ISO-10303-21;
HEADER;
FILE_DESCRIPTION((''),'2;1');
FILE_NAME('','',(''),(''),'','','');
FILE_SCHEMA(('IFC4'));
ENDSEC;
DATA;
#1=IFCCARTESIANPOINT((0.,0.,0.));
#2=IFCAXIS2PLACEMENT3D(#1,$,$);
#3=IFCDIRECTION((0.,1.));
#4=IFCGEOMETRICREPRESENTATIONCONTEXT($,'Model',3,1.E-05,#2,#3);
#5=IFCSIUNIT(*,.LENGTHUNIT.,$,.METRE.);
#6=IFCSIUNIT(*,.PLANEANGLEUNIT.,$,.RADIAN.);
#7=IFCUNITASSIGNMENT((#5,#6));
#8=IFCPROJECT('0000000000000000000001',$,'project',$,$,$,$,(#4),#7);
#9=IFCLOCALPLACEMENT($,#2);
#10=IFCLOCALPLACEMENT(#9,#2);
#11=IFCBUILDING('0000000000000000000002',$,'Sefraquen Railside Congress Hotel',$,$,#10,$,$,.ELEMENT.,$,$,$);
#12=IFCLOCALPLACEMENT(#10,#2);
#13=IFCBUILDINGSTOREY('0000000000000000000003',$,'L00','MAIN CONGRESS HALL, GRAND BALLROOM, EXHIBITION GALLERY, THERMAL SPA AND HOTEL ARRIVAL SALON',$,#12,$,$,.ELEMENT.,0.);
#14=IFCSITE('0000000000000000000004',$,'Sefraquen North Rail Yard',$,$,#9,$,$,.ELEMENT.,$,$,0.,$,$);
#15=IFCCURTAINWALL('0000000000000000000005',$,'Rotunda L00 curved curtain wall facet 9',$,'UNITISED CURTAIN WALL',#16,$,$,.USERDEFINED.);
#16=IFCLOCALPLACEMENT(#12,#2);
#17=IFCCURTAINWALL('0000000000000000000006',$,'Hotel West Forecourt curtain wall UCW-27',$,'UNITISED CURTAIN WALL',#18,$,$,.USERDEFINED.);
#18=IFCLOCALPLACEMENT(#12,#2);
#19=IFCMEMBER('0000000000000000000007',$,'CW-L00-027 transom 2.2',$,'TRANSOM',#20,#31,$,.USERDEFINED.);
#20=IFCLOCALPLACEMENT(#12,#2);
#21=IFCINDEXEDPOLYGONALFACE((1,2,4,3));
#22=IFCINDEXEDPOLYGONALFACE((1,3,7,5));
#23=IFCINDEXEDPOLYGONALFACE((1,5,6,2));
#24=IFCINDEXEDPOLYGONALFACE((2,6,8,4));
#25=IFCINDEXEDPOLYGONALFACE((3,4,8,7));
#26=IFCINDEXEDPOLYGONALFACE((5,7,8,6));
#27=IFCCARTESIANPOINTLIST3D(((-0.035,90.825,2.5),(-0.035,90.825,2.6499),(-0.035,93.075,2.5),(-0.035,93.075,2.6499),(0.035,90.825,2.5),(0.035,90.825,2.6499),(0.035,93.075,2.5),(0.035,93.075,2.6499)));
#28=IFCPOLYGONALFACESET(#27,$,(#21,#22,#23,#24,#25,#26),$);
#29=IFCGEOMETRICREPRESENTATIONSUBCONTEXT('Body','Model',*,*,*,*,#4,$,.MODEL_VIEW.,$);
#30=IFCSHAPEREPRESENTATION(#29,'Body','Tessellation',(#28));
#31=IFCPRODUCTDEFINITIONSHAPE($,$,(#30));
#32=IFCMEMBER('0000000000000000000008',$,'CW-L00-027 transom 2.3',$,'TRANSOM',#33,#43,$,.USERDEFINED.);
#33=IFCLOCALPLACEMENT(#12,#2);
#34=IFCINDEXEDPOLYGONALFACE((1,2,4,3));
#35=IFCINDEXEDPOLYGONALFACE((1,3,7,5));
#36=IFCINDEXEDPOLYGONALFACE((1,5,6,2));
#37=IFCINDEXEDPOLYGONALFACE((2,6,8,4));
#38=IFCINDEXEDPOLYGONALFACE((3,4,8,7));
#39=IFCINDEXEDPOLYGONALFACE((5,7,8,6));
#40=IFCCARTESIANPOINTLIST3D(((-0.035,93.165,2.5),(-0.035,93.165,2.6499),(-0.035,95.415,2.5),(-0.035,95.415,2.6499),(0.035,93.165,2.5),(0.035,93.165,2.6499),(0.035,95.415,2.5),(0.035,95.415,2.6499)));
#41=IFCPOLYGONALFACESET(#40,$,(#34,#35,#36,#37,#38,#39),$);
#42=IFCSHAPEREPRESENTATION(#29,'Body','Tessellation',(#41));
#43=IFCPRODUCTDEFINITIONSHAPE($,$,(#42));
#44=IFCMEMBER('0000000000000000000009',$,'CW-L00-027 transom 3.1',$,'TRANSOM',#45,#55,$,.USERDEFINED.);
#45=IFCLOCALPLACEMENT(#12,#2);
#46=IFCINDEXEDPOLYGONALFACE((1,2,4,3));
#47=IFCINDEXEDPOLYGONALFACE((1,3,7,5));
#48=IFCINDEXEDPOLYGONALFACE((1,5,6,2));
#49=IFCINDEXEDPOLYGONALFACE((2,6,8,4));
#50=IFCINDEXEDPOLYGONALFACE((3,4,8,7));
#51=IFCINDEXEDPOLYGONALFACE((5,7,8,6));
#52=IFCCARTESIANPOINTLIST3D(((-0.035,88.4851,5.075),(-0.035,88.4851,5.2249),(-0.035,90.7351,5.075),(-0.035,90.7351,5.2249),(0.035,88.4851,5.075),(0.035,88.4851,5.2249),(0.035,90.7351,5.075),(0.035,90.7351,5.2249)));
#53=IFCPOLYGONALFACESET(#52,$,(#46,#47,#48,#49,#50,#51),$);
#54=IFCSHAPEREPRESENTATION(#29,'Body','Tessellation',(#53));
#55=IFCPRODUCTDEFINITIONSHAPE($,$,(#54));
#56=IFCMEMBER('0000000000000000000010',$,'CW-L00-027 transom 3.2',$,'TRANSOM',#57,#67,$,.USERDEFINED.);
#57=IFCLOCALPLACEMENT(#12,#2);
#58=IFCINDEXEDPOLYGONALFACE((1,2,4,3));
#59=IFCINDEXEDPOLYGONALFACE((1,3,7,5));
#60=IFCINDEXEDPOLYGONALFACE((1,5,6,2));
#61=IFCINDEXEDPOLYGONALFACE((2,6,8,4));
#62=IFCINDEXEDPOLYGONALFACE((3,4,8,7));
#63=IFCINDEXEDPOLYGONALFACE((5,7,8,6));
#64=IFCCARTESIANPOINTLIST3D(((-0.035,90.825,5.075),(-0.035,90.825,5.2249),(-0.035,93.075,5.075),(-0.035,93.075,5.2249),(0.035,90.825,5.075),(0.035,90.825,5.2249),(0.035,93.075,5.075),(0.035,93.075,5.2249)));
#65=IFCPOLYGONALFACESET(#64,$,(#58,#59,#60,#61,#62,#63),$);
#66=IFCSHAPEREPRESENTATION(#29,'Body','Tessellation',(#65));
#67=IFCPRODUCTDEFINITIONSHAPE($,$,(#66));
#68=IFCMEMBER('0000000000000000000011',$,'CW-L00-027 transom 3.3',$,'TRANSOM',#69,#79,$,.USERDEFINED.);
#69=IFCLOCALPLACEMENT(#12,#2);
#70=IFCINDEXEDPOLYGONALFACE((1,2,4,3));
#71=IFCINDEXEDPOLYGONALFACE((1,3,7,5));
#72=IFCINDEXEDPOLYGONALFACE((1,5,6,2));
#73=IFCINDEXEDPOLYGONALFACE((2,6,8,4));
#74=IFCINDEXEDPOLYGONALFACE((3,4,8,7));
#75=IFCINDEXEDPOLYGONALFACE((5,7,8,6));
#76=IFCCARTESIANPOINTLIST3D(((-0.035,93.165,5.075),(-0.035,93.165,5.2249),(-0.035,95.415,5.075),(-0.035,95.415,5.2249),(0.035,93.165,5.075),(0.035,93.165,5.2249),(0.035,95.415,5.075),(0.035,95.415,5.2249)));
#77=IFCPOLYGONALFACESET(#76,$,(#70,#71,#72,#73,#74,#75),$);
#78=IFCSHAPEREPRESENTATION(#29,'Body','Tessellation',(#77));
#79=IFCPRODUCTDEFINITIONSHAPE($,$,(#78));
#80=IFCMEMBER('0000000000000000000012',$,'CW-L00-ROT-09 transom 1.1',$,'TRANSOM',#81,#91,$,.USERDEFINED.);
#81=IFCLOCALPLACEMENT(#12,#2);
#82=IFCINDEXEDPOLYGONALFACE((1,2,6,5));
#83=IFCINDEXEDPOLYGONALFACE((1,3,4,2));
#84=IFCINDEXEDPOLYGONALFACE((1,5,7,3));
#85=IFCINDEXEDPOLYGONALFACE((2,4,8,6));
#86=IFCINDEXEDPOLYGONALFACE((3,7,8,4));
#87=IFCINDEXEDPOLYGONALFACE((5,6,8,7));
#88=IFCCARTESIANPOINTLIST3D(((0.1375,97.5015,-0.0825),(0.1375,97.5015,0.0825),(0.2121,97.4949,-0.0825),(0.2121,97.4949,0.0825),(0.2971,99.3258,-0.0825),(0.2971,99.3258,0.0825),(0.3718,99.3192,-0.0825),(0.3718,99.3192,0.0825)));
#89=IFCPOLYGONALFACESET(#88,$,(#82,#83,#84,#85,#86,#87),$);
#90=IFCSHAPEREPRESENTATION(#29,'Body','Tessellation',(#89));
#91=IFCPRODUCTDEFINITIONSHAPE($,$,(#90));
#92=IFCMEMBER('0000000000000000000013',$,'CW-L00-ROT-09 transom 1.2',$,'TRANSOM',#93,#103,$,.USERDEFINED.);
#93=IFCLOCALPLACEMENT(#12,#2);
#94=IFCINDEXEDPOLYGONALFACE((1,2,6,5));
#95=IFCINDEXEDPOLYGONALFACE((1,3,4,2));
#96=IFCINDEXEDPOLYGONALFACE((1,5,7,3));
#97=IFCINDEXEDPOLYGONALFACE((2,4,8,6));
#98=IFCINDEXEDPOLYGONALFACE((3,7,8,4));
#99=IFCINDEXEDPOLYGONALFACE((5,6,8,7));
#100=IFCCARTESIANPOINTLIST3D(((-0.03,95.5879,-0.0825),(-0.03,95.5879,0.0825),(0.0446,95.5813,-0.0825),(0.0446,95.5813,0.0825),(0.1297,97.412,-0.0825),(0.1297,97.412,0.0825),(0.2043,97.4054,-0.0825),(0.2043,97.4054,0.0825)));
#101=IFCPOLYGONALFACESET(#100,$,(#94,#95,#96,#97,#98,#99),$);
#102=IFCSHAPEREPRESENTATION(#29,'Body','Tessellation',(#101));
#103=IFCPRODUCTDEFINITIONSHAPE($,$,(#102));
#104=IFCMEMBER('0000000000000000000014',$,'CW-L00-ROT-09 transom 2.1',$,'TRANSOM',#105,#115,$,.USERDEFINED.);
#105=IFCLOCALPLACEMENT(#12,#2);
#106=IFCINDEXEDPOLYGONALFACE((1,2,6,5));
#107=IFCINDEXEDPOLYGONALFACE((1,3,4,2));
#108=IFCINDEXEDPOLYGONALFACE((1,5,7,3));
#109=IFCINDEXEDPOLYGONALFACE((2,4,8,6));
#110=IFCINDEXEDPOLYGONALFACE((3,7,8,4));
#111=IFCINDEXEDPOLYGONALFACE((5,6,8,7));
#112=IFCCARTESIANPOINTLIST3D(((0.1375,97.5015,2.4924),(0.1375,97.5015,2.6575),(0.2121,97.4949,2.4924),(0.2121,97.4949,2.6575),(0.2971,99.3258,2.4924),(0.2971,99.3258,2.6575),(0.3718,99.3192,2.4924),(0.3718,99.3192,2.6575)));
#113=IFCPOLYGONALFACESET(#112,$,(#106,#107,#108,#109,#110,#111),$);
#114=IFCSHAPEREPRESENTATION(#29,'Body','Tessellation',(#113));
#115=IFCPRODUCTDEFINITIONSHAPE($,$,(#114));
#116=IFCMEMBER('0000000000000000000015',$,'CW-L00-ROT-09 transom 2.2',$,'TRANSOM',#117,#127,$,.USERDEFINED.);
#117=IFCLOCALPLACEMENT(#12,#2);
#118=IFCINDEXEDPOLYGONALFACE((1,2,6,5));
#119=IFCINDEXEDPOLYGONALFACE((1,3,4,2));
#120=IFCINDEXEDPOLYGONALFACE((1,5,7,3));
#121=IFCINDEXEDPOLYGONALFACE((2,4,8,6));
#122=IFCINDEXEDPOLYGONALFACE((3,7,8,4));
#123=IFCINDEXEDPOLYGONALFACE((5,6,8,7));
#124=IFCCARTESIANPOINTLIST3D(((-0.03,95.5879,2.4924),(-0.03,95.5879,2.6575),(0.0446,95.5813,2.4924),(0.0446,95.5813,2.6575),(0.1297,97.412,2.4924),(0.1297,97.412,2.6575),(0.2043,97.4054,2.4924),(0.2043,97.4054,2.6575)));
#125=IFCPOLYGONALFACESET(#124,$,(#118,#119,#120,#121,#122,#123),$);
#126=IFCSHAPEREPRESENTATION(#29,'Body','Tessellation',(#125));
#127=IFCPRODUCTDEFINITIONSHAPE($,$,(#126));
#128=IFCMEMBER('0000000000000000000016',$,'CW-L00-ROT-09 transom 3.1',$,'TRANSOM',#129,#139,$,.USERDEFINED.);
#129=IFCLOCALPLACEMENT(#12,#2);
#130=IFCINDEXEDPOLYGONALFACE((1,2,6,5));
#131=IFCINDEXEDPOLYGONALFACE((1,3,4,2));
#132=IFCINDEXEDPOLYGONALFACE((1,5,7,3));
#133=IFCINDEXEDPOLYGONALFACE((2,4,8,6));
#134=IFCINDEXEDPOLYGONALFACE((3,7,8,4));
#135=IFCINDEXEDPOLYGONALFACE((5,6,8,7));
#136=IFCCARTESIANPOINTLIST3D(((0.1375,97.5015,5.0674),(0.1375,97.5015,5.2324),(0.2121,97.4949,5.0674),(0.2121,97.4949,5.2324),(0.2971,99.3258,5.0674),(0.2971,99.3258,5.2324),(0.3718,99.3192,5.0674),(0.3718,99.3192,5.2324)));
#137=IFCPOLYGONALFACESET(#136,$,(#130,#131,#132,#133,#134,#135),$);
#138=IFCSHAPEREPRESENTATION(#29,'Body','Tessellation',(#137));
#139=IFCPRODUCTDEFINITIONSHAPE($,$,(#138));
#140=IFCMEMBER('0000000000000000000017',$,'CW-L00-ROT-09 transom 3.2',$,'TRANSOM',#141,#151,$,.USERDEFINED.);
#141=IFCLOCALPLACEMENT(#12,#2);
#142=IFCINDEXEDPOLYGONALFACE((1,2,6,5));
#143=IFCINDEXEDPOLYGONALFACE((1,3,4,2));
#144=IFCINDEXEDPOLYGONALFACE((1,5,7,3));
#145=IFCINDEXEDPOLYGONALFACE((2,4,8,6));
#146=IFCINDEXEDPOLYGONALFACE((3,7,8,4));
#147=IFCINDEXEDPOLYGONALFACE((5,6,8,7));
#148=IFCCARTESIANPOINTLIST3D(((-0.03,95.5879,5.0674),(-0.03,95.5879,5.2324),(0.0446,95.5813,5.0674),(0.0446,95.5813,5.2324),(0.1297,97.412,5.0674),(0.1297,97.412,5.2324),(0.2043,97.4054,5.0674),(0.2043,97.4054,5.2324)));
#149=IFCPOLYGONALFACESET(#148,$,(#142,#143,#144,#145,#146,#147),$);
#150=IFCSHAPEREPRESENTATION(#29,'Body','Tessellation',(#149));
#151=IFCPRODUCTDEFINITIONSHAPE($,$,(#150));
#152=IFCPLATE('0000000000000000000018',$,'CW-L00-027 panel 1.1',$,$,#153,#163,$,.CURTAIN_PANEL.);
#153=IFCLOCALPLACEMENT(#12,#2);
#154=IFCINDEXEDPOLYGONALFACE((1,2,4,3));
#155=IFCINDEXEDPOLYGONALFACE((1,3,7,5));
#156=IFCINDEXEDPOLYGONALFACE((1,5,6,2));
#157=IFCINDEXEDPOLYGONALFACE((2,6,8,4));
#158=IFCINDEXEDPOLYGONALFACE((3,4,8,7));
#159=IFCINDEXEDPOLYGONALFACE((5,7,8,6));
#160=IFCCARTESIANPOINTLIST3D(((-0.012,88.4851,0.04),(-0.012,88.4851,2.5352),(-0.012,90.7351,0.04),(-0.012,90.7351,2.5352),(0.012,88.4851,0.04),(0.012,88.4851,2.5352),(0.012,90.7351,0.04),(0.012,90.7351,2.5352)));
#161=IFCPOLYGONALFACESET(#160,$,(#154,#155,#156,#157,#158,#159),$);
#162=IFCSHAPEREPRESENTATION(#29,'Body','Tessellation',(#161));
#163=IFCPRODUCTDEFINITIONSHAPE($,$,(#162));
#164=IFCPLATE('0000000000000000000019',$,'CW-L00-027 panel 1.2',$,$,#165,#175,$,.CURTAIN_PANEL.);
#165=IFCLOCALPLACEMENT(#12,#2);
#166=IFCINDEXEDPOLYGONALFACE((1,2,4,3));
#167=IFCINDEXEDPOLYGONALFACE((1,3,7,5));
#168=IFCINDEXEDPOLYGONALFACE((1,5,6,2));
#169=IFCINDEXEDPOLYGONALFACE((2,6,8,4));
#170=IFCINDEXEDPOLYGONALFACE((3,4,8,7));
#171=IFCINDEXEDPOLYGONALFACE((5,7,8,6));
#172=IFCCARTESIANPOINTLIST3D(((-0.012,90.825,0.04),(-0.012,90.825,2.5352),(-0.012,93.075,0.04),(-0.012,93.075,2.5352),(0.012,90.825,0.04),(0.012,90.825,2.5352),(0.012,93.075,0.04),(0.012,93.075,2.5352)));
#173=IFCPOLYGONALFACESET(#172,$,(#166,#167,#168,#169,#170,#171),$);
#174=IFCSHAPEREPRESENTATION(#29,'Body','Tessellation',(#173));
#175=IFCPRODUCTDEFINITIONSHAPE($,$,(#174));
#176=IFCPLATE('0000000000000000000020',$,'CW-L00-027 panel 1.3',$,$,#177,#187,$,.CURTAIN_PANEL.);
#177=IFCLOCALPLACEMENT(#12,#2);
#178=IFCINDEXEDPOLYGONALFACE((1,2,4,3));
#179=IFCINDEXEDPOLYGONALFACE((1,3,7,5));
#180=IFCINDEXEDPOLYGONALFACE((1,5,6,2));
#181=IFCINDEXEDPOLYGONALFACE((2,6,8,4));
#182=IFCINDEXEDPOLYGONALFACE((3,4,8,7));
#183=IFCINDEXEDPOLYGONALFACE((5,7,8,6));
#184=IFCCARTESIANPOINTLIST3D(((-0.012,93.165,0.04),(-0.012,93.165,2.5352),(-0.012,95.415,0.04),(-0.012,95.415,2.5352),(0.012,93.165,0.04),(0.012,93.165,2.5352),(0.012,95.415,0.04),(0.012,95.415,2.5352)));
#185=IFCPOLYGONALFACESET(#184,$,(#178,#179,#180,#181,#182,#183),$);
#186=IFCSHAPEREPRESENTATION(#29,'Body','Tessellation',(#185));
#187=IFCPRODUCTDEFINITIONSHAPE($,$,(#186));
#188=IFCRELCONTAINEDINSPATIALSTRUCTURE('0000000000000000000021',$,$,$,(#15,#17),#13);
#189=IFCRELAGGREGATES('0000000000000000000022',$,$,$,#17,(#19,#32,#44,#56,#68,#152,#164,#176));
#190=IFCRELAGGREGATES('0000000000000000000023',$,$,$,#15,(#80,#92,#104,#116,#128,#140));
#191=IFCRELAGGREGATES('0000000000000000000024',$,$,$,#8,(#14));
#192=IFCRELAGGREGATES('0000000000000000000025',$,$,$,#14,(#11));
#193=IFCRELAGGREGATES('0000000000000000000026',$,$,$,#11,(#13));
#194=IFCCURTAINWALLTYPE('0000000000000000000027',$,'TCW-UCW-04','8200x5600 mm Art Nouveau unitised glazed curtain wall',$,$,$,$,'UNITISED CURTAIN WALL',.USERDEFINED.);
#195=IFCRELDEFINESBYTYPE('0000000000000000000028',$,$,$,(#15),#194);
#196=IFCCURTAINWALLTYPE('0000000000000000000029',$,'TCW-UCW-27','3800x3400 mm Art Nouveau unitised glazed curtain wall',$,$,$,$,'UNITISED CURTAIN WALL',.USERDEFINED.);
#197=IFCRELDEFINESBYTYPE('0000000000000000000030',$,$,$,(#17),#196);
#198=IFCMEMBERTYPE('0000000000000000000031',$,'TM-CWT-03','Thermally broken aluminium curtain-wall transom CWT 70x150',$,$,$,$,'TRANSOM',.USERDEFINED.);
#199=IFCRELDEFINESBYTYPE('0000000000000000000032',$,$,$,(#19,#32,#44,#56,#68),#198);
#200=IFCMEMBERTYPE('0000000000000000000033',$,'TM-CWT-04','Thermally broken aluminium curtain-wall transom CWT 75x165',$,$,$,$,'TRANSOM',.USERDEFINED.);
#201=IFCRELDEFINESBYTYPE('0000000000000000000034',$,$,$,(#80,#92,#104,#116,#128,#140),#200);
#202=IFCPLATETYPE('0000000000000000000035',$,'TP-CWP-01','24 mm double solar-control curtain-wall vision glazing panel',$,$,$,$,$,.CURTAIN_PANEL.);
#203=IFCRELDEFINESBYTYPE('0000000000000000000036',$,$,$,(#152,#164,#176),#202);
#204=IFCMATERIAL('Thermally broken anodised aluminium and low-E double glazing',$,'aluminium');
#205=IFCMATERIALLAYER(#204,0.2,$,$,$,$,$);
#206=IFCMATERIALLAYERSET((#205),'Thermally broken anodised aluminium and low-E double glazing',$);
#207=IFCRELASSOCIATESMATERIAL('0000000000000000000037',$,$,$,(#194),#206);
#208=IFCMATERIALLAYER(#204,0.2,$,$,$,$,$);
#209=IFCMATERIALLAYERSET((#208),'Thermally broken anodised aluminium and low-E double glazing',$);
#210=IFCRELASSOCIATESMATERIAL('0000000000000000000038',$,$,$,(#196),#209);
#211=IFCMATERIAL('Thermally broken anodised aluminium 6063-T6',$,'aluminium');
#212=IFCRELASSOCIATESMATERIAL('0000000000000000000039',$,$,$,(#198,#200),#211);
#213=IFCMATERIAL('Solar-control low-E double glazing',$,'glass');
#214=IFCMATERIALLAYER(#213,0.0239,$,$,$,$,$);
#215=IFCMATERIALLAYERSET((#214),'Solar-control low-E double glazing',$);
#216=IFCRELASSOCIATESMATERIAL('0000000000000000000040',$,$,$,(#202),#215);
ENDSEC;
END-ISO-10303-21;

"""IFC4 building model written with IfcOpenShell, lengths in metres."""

from ifc_helpers import new_model, si_unit, direction, frame, origin, origin_2d, place, context, subcontext, project, spatial, rectangle, extrude, material, layer, layer_set, material_profile, profile_set, type_object, element, aggregate, save


model = new_model("IFC4")

# Units and contexts
model_context = context("Model", 3, precision=1e-05, world=origin(), true_north=direction((0.0, 1.0)))
body_context = subcontext(model_context, "Body", "Model", "MODEL_VIEW")
ifc_project = project(units=[si_unit("LENGTHUNIT", "METRE"), si_unit("PLANEANGLEUNIT", "RADIAN")], contexts=[model_context])

# Site, building, storey
site_placement = place(None, origin())
site = spatial("IfcSite", under=ifc_project, at=site_placement, Name="Sefraquen North Rail Yard", CompositionType="ELEMENT", RefElevation=0.0)
building_placement = place(site_placement, origin())
building = spatial("IfcBuilding", under=site, at=building_placement, Name="Sefraquen Railside Congress Hotel", CompositionType="ELEMENT")
storey_placement = place(building_placement, origin())
storey = spatial("IfcBuildingStorey", under=building, at=storey_placement, Name="L00", Description="MAIN CONGRESS HALL, GRAND BALLROOM, EXHIBITION GALLERY, THERMAL SPA AND HOTEL ARRIVAL SALON", CompositionType="ELEMENT", Elevation=0.0)

# Curtain wall
ifc_material_1 = material(Name="Thermally broken anodised aluminium and low-E double glazing", Category="aluminium")
ifc_layer_1 = layer(ifc_material_1, 0.2)
ifc_layer_set_1 = layer_set([ifc_layer_1], Name="Thermally broken anodised aluminium and low-E double glazing")
curtain_wall_type_1 = type_object("IfcCurtainWallType", Name="TCW-UCW-04", Description="8200x5600 mm Art Nouveau unitised glazed curtain wall", ElementType="UNITISED CURTAIN WALL", PredefinedType="USERDEFINED", material=ifc_layer_set_1)
curtain_wall_1_placement = place(storey_placement, origin())
curtain_wall_1 = element("IfcCurtainWall", 1, at=curtain_wall_1_placement, inside=storey, type_object=curtain_wall_type_1, Name="Rotunda L00 curved curtain wall facet 9", ObjectType="UNITISED CURTAIN WALL", PredefinedType="USERDEFINED")
ifc_material_2 = material(Name="Thermally broken anodised aluminium 6063-T6", Category="aluminium")

# Curtain wall
ifc_layer_2 = layer(ifc_material_1, 0.2)
ifc_layer_set_2 = layer_set([ifc_layer_2], Name="Thermally broken anodised aluminium and low-E double glazing")
curtain_wall_type_2 = type_object("IfcCurtainWallType", Name="TCW-UCW-27", Description="3800x3400 mm Art Nouveau unitised glazed curtain wall", ElementType="UNITISED CURTAIN WALL", PredefinedType="USERDEFINED", material=ifc_layer_set_2)
curtain_wall_2_placement = place(storey_placement, origin())
curtain_wall_2 = element("IfcCurtainWall", 2, at=curtain_wall_2_placement, inside=storey, type_object=curtain_wall_type_2, Name="Hotel West Forecourt curtain wall UCW-27", ObjectType="UNITISED CURTAIN WALL", PredefinedType="USERDEFINED")

# Members
ifc_material_profile_1 = material_profile(ifc_material_2, rectangle(XDim=0.0701, YDim=0.1499, at=origin_2d()), Name="CWT 70x150")
ifc_profile_set_1 = profile_set([ifc_material_profile_1], Name="Thermally broken anodised aluminium 6063-T6")
member_type_1 = type_object("IfcMemberType", Name="TM-CWT-03", Description="Thermally broken aluminium curtain-wall transom CWT 70x150", ElementType="TRANSOM", PredefinedType="USERDEFINED", material=ifc_profile_set_1)
member_1_placement = place(storey_placement, frame((0.0, 90.825, 2.575), z_axis=(0.0, 1.0, 0.0), x_axis=(-1.0, 0.0, 0.0)))
member_1 = element("IfcMember", 3, at=member_1_placement, type_object=member_type_1, Name="CW-L00-027 transom 2.2", ObjectType="TRANSOM", PredefinedType="USERDEFINED", context=body_context, shape_type="SweptSolid", body=[
    extrude(rectangle(XDim=0.0701, YDim=0.1499, at=origin_2d()), origin(), (0.0, 0.0, 1.0), 2.25),
])
member_2_placement = place(storey_placement, frame((0.0, 93.165, 2.575), z_axis=(0.0, 1.0, 0.0), x_axis=(-1.0, 0.0, 0.0)))
member_2 = element("IfcMember", 4, at=member_2_placement, type_object=member_type_1, Name="CW-L00-027 transom 2.3", ObjectType="TRANSOM", PredefinedType="USERDEFINED", context=body_context, shape_type="SweptSolid", body=[
    extrude(rectangle(XDim=0.0701, YDim=0.1499, at=origin_2d()), origin(), (0.0, 0.0, 1.0), 2.25),
])
member_3_placement = place(storey_placement, frame((0.0, 88.4851, 5.1499), z_axis=(0.0, 1.0, 0.0), x_axis=(-1.0, 0.0, 0.0)))
member_3 = element("IfcMember", 5, at=member_3_placement, type_object=member_type_1, Name="CW-L00-027 transom 3.1", ObjectType="TRANSOM", PredefinedType="USERDEFINED", context=body_context, shape_type="SweptSolid", body=[
    extrude(rectangle(XDim=0.0701, YDim=0.1499, at=origin_2d()), origin(), (0.0, 0.0, 1.0), 2.25),
])
member_4_placement = place(storey_placement, frame((0.0, 90.825, 5.1499), z_axis=(0.0, 1.0, 0.0), x_axis=(-1.0, 0.0, 0.0)))
member_4 = element("IfcMember", 6, at=member_4_placement, type_object=member_type_1, Name="CW-L00-027 transom 3.2", ObjectType="TRANSOM", PredefinedType="USERDEFINED", context=body_context, shape_type="SweptSolid", body=[
    extrude(rectangle(XDim=0.0701, YDim=0.1499, at=origin_2d()), origin(), (0.0, 0.0, 1.0), 2.25),
])
member_5_placement = place(storey_placement, frame((0.0, 93.165, 5.1499), z_axis=(0.0, 1.0, 0.0), x_axis=(-1.0, 0.0, 0.0)))
member_5 = element("IfcMember", 7, at=member_5_placement, type_object=member_type_1, Name="CW-L00-027 transom 3.3", ObjectType="TRANSOM", PredefinedType="USERDEFINED", context=body_context, shape_type="SweptSolid", body=[
    extrude(rectangle(XDim=0.0701, YDim=0.1499, at=origin_2d()), origin(), (0.0, 0.0, 1.0), 2.25),
])
ifc_material_profile_2 = material_profile(ifc_material_2, rectangle(XDim=0.075, YDim=0.165, at=origin_2d()), Name="CWT 75x165")
ifc_profile_set_2 = profile_set([ifc_material_profile_2], Name="Thermally broken anodised aluminium 6063-T6")
member_type_2 = type_object("IfcMemberType", Name="TM-CWT-04", Description="Thermally broken aluminium curtain-wall transom CWT 75x165", ElementType="TRANSOM", PredefinedType="USERDEFINED", material=ifc_profile_set_2)
member_6_placement = place(storey_placement, frame((0.3345, 99.3225, 0.0), z_axis=(-0.087193, -0.996191, 0.0), x_axis=(0.996191, -0.087193, 0.0)))
member_6 = element("IfcMember", 8, at=member_6_placement, type_object=member_type_2, Name="CW-L00-ROT-09 transom 1.1", ObjectType="TRANSOM", PredefinedType="USERDEFINED", context=body_context, shape_type="SweptSolid", body=[
    extrude(rectangle(XDim=0.075, YDim=0.165, at=origin_2d()), origin(), (0.0, 0.0, 1.0), 1.8313),
])
member_7_placement = place(storey_placement, frame((0.167, 97.4087, 0.0), z_axis=(-0.087205, -0.99619, 0.0), x_axis=(0.99619, -0.087205, 0.0)))
member_7 = element("IfcMember", 9, at=member_7_placement, type_object=member_type_2, Name="CW-L00-ROT-09 transom 1.2", ObjectType="TRANSOM", PredefinedType="USERDEFINED", context=body_context, shape_type="SweptSolid", body=[
    extrude(rectangle(XDim=0.075, YDim=0.165, at=origin_2d()), origin(), (0.0, 0.0, 1.0), 1.8311),
])
member_8_placement = place(storey_placement, frame((0.3345, 99.3225, 2.575), z_axis=(-0.087193, -0.996191, 0.0), x_axis=(0.996191, -0.087193, 0.0)))
member_8 = element("IfcMember", 10, at=member_8_placement, type_object=member_type_2, Name="CW-L00-ROT-09 transom 2.1", ObjectType="TRANSOM", PredefinedType="USERDEFINED", context=body_context, shape_type="SweptSolid", body=[
    extrude(rectangle(XDim=0.075, YDim=0.165, at=origin_2d()), origin(), (0.0, 0.0, 1.0), 1.8313),
])
member_9_placement = place(storey_placement, frame((0.167, 97.4087, 2.575), z_axis=(-0.087205, -0.99619, 0.0), x_axis=(0.99619, -0.087205, 0.0)))
member_9 = element("IfcMember", 11, at=member_9_placement, type_object=member_type_2, Name="CW-L00-ROT-09 transom 2.2", ObjectType="TRANSOM", PredefinedType="USERDEFINED", context=body_context, shape_type="SweptSolid", body=[
    extrude(rectangle(XDim=0.075, YDim=0.165, at=origin_2d()), origin(), (0.0, 0.0, 1.0), 1.8311),
])
member_10_placement = place(storey_placement, frame((0.3345, 99.3225, 5.1499), z_axis=(-0.087193, -0.996191, 0.0), x_axis=(0.996191, -0.087193, 0.0)))
member_10 = element("IfcMember", 12, at=member_10_placement, type_object=member_type_2, Name="CW-L00-ROT-09 transom 3.1", ObjectType="TRANSOM", PredefinedType="USERDEFINED", context=body_context, shape_type="SweptSolid", body=[
    extrude(rectangle(XDim=0.075, YDim=0.165, at=origin_2d()), origin(), (0.0, 0.0, 1.0), 1.8313),
])
member_11_placement = place(storey_placement, frame((0.167, 97.4087, 5.1499), z_axis=(-0.087205, -0.99619, 0.0), x_axis=(0.99619, -0.087205, 0.0)))
member_11 = element("IfcMember", 13, at=member_11_placement, type_object=member_type_2, Name="CW-L00-ROT-09 transom 3.2", ObjectType="TRANSOM", PredefinedType="USERDEFINED", context=body_context, shape_type="SweptSolid", body=[
    extrude(rectangle(XDim=0.075, YDim=0.165, at=origin_2d()), origin(), (0.0, 0.0, 1.0), 1.8311),
])

# Plates
ifc_material_3 = material(Name="Solar-control low-E double glazing", Category="glass")
ifc_layer_3 = layer(ifc_material_3, 0.0239)
ifc_layer_set_3 = layer_set([ifc_layer_3], Name="Solar-control low-E double glazing")
plate_type_1 = type_object("IfcPlateType", Name="TP-CWP-01", Description="24 mm double solar-control curtain-wall vision glazing panel", PredefinedType="CURTAIN_PANEL", material=ifc_layer_set_3)
plate_1_placement = place(storey_placement, frame((0.0, 89.6101, 0.04), z_axis=(0.0, 0.0, 1.0), x_axis=(0.0, 1.0, 0.0)))
plate_1 = element("IfcPlate", 14, at=plate_1_placement, type_object=plate_type_1, Name="CW-L00-027 panel 1.1", PredefinedType="CURTAIN_PANEL", context=body_context, shape_type="SweptSolid", body=[
    extrude(rectangle(XDim=2.25, YDim=0.0239, at=origin_2d()), origin(), (0.0, 0.0, 1.0), 2.4951),
])
plate_2_placement = place(storey_placement, frame((0.0, 91.95, 0.04), z_axis=(0.0, 0.0, 1.0), x_axis=(0.0, 1.0, 0.0)))
plate_2 = element("IfcPlate", 15, at=plate_2_placement, type_object=plate_type_1, Name="CW-L00-027 panel 1.2", PredefinedType="CURTAIN_PANEL", context=body_context, shape_type="SweptSolid", body=[
    extrude(rectangle(XDim=2.25, YDim=0.0239, at=origin_2d()), origin(), (0.0, 0.0, 1.0), 2.4951),
])
plate_3_placement = place(storey_placement, frame((0.0, 94.29, 0.04), z_axis=(0.0, 0.0, 1.0), x_axis=(0.0, 1.0, 0.0)))
plate_3 = element("IfcPlate", 16, at=plate_3_placement, type_object=plate_type_1, Name="CW-L00-027 panel 1.3", PredefinedType="CURTAIN_PANEL", context=body_context, shape_type="SweptSolid", body=[
    extrude(rectangle(XDim=2.25, YDim=0.0239, at=origin_2d()), origin(), (0.0, 0.0, 1.0), 2.4951),
])
aggregate(curtain_wall_2, [member_1, member_2, member_3, member_4, member_5, plate_1, plate_2, plate_3])
aggregate(curtain_wall_1, [member_6, member_7, member_8, member_9, member_10, member_11])

save(model, "model.ifc")
